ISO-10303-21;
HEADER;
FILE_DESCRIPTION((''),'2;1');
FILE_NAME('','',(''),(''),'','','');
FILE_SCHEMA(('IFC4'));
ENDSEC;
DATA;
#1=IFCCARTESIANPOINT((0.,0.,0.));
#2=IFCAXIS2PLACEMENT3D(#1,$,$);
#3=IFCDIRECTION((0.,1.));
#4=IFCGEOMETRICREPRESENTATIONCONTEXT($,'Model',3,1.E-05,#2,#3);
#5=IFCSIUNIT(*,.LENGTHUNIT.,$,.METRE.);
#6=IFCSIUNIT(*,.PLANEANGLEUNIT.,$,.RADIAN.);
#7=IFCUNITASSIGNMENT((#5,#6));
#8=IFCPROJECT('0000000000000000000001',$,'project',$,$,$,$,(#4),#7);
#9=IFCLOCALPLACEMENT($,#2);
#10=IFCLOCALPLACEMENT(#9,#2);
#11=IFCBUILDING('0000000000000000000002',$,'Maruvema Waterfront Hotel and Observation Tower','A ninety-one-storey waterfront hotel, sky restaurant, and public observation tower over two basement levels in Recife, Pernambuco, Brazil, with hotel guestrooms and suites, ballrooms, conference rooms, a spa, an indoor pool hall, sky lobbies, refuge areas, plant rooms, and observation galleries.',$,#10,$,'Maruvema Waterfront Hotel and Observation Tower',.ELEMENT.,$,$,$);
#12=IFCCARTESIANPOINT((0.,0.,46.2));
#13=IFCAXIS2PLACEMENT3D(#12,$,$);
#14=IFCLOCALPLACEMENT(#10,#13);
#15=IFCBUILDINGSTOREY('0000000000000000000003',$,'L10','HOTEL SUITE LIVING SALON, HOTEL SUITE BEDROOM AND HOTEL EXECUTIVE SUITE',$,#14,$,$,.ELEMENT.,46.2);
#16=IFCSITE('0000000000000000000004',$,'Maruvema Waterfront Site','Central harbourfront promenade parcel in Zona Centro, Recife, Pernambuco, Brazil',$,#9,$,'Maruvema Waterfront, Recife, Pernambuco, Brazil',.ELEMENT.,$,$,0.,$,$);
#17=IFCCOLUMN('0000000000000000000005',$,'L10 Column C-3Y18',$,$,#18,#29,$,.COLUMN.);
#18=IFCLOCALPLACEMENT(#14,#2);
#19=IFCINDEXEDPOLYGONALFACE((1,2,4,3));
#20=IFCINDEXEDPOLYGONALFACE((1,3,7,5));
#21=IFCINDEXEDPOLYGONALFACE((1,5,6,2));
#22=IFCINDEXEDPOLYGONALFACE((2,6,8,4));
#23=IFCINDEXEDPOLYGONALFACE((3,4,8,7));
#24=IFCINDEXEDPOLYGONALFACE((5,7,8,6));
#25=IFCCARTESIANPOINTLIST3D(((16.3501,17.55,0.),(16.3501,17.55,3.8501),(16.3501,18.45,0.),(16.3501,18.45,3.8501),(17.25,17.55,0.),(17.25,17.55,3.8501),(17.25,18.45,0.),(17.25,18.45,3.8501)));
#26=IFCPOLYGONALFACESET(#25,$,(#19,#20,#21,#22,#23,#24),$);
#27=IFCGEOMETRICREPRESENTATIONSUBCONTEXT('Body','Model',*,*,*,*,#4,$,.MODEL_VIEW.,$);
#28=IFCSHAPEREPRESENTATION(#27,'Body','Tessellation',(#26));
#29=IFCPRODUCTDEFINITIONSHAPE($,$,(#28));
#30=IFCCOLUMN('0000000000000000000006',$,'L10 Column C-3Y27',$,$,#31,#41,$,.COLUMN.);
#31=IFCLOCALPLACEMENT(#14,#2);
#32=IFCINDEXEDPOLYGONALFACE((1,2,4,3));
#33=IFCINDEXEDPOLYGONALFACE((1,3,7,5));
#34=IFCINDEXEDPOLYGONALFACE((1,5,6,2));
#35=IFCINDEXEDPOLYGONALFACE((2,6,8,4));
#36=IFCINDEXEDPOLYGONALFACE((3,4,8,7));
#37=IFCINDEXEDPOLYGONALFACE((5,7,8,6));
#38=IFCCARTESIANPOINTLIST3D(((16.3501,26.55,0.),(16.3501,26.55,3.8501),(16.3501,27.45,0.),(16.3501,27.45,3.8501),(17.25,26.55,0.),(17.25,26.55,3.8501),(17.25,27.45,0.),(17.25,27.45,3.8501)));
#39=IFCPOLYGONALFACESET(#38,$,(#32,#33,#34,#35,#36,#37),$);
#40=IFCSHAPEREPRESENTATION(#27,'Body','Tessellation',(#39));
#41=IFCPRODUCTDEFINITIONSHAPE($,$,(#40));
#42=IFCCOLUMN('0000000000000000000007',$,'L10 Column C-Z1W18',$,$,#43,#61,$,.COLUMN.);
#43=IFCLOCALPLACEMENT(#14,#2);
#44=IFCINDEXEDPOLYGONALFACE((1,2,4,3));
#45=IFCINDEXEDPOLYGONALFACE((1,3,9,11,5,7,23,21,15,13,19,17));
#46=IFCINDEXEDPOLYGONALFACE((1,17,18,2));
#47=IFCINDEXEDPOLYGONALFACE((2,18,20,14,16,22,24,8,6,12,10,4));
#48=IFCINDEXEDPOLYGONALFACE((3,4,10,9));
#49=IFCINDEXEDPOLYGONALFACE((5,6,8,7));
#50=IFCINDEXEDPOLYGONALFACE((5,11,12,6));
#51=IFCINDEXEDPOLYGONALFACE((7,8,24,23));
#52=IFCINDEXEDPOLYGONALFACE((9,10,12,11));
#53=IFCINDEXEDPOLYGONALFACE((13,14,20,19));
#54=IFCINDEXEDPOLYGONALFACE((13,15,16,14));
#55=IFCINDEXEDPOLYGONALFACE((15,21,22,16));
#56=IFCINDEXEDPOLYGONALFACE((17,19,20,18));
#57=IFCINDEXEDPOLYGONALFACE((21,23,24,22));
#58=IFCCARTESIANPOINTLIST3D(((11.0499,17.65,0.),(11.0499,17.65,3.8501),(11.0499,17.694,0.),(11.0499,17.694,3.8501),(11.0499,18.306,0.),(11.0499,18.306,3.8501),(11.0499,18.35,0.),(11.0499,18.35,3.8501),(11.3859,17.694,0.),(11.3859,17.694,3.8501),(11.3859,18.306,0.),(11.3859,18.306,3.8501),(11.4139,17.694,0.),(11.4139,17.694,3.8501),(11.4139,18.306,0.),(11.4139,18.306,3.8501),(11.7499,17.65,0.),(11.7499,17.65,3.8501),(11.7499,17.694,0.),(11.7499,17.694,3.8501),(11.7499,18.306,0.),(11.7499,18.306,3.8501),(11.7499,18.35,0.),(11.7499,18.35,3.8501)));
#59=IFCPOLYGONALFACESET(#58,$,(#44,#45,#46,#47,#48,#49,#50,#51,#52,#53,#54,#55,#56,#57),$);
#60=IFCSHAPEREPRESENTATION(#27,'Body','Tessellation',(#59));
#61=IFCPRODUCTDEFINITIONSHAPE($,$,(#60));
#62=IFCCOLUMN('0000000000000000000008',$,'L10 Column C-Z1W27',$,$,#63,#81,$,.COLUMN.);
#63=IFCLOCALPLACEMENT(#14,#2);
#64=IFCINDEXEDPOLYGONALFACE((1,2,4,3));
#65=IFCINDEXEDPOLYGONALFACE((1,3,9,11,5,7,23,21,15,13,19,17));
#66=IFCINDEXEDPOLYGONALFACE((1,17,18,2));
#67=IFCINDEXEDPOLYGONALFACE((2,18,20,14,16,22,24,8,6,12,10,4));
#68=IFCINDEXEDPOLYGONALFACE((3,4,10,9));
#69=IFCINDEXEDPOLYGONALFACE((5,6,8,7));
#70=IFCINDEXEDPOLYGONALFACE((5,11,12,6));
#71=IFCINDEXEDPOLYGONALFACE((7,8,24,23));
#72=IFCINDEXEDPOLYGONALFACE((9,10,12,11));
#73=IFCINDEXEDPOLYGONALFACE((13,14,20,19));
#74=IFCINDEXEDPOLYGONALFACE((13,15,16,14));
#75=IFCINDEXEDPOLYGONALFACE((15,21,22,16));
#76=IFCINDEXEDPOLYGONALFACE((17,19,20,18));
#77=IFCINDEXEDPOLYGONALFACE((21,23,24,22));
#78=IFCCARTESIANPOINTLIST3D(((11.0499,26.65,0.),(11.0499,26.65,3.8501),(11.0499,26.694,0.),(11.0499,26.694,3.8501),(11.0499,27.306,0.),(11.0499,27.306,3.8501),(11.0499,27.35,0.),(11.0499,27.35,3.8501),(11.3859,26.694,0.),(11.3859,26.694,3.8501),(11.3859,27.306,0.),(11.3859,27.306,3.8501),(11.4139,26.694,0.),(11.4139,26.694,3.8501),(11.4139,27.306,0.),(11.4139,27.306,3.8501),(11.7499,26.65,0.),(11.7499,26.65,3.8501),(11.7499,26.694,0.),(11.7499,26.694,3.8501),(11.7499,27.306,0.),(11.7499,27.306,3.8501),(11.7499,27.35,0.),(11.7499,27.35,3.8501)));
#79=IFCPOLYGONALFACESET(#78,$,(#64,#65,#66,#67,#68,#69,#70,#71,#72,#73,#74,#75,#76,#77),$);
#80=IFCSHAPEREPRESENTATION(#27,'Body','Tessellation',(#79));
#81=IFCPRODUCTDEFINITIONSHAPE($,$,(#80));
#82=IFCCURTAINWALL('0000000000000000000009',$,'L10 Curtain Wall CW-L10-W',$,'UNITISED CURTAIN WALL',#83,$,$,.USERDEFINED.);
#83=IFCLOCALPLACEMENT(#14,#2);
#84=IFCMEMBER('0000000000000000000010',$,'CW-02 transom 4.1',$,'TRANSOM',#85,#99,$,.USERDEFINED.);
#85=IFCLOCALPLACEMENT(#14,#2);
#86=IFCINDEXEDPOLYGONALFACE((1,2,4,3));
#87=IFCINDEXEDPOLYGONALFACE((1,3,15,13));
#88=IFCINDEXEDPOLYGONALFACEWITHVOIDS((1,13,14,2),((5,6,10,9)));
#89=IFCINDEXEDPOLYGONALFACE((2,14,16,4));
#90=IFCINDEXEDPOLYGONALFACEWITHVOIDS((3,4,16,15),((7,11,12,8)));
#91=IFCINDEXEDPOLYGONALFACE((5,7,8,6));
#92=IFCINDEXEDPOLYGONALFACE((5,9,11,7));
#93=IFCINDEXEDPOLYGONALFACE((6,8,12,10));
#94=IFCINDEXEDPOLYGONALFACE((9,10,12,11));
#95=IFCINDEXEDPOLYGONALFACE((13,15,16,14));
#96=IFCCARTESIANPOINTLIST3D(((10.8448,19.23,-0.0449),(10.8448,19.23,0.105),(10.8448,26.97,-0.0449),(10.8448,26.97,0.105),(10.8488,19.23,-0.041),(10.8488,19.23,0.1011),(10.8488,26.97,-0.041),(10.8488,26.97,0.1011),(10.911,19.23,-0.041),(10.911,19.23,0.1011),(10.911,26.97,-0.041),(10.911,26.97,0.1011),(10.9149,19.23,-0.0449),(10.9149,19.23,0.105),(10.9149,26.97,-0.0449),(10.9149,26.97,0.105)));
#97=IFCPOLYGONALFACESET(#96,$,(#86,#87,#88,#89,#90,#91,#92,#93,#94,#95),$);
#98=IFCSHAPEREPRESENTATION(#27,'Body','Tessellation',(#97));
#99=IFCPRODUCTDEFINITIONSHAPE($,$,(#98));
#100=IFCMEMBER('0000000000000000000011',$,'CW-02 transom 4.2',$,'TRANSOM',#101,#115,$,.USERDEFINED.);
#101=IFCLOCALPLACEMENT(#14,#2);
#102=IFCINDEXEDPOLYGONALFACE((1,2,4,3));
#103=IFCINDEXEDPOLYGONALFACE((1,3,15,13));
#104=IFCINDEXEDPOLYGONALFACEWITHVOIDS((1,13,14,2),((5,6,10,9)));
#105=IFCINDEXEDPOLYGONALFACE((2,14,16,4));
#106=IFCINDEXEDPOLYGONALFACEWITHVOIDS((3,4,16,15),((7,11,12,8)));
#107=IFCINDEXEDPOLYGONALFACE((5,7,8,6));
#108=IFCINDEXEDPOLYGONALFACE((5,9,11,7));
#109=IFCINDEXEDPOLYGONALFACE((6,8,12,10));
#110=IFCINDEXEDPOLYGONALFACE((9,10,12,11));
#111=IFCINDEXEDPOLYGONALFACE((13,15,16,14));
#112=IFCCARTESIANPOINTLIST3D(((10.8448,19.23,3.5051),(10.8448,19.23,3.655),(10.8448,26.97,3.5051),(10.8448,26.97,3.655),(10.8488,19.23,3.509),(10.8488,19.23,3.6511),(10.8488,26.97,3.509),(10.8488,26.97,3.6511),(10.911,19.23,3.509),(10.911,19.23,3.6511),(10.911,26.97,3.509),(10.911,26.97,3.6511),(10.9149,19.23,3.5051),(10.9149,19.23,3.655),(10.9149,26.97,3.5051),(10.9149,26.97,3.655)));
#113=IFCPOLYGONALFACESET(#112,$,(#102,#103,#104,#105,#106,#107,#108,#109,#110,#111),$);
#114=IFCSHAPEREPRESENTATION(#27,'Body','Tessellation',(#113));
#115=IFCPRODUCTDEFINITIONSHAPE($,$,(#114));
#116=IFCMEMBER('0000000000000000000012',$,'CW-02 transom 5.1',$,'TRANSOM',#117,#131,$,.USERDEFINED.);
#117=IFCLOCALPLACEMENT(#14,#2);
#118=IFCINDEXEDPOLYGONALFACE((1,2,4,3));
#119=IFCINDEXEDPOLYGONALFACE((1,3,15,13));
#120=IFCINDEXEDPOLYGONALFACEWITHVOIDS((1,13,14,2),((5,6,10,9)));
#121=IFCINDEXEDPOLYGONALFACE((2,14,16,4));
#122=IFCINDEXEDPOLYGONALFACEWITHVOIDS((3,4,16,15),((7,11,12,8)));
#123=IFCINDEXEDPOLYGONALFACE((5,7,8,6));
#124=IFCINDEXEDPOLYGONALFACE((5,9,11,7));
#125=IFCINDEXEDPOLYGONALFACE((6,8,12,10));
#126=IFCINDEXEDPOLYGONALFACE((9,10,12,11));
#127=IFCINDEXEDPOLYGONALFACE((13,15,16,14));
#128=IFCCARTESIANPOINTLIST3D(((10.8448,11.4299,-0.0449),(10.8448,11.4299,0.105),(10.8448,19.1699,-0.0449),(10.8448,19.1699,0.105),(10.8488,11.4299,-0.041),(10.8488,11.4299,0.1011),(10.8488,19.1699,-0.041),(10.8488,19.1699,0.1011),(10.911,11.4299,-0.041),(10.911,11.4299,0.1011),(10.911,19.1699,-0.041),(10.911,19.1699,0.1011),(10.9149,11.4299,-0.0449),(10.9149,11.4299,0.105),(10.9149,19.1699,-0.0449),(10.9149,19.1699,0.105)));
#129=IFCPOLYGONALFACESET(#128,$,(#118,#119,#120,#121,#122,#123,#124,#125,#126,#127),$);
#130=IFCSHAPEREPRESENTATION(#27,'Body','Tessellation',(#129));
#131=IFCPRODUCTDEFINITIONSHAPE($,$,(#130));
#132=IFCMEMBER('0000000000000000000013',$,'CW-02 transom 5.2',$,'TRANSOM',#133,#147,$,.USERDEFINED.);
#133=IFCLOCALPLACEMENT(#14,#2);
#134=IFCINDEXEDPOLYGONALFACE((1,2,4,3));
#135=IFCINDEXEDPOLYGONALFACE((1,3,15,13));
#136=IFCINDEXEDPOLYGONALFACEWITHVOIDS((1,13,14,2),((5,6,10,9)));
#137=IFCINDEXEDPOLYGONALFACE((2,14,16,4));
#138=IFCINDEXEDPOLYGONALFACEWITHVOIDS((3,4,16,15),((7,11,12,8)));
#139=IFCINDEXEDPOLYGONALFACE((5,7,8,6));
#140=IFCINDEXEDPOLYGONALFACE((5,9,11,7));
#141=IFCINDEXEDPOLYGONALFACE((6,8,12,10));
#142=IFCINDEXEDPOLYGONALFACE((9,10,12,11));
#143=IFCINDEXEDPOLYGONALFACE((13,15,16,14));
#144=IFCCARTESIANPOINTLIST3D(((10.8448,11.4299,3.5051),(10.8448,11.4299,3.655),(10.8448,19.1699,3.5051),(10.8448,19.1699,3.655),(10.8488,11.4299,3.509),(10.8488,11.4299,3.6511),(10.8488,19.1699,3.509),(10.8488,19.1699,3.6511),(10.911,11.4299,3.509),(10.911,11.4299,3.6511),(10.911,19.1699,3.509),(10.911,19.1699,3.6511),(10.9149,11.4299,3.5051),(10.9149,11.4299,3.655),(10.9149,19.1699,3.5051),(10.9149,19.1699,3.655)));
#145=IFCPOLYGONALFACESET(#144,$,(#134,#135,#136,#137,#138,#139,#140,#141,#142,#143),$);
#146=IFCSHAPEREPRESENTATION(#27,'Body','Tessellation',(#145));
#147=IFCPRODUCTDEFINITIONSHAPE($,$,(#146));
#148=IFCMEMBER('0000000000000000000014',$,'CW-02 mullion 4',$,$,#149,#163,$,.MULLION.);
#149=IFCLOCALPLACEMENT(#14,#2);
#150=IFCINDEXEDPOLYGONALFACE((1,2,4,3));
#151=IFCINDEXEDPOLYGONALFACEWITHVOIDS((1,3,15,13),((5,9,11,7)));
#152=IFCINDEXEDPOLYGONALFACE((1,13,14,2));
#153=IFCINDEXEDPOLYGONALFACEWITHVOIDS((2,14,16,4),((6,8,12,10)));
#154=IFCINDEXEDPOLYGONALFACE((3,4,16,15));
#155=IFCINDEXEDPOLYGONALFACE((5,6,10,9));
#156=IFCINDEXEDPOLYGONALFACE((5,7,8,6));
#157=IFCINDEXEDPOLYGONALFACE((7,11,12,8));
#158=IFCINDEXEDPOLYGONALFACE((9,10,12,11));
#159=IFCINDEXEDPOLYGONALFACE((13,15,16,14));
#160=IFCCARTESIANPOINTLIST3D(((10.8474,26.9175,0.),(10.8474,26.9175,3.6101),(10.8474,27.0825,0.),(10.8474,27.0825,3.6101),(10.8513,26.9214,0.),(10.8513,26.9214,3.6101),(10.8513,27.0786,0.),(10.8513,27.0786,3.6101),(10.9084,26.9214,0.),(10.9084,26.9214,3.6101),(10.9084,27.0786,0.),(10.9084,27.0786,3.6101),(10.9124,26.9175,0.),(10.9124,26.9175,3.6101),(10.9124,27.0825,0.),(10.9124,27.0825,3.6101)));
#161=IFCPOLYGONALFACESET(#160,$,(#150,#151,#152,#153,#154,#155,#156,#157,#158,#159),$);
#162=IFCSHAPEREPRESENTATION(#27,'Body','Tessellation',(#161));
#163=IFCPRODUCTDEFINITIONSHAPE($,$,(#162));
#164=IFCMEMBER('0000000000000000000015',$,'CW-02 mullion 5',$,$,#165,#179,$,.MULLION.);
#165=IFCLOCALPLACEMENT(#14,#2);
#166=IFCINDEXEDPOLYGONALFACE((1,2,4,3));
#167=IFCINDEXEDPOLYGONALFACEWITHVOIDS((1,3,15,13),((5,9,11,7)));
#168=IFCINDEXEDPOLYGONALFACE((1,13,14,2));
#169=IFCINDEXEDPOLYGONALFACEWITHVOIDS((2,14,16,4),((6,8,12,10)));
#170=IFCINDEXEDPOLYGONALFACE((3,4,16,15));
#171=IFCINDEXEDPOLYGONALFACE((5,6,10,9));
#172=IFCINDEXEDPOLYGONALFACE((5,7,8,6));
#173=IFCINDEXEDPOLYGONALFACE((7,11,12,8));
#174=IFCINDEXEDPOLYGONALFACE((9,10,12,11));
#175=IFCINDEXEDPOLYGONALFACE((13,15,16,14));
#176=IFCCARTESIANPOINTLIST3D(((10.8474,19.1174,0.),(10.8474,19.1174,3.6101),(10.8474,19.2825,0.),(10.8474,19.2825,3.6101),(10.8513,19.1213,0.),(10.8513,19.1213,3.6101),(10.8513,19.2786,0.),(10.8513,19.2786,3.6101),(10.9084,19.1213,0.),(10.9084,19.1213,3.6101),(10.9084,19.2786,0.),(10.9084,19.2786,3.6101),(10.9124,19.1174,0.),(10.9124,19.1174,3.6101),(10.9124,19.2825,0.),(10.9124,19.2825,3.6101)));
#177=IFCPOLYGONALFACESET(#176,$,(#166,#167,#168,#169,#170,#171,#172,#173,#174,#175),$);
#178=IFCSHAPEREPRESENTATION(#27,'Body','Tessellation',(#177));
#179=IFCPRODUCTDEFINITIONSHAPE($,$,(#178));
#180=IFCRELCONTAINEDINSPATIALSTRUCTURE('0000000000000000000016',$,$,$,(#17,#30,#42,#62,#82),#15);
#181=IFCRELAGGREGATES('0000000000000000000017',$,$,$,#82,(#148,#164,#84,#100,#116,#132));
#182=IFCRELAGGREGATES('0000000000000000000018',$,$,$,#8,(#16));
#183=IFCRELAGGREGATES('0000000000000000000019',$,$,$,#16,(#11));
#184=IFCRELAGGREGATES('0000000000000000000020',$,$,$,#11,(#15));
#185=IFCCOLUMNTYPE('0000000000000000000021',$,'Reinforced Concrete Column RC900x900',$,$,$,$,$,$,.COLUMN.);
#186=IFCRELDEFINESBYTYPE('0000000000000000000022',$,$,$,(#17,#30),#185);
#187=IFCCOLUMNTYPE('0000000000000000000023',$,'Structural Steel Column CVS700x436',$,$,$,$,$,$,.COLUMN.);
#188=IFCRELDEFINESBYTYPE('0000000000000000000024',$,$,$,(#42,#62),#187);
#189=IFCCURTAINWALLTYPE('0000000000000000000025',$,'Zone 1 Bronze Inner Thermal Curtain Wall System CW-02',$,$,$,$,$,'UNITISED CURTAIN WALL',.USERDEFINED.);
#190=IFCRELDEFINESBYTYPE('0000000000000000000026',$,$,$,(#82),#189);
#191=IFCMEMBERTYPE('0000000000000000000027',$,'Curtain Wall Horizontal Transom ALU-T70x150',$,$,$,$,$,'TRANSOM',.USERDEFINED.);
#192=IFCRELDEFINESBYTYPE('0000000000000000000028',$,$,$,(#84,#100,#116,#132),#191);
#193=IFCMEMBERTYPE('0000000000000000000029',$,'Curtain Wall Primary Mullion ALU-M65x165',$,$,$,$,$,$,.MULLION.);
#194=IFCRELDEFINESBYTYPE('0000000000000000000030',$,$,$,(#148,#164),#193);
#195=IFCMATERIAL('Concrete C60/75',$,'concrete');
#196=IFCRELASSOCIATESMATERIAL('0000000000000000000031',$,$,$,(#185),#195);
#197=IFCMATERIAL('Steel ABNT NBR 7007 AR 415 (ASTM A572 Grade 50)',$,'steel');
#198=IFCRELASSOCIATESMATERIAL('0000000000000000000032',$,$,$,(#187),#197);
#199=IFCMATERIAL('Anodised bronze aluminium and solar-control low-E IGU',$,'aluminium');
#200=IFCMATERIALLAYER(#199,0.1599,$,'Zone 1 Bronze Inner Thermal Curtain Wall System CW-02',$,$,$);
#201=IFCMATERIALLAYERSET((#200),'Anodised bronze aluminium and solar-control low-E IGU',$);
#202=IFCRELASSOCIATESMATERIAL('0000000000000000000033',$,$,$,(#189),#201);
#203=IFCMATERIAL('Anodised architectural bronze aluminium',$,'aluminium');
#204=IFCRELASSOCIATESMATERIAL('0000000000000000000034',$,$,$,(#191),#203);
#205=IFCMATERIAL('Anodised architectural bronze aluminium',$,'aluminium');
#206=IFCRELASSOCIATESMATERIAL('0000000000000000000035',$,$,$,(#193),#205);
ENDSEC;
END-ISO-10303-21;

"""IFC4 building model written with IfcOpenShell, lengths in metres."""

from ifc_helpers import new_model, si_unit, direction, frame, origin, origin_2d, place, context, subcontext, project, spatial, rectangle, hollow_rectangle, i_section, extrude, material, layer, layer_set, material_profile, profile_set, type_object, element, aggregate, save


model = new_model("IFC4")

# Units and contexts
model_context = context("Model", 3, precision=1e-05, world=origin(), true_north=direction((0.0, 1.0)))
body_context = subcontext(model_context, "Body", "Model", "MODEL_VIEW")
ifc_project = project(units=[si_unit("LENGTHUNIT", "METRE"), si_unit("PLANEANGLEUNIT", "RADIAN")], contexts=[model_context])

# Site, building, storey
site_placement = place(None, origin())
site = spatial("IfcSite", under=ifc_project, at=site_placement, Name="Maruvema Waterfront Site", Description="Central harbourfront promenade parcel in Zona Centro, Recife, Pernambuco, Brazil", LongName="Maruvema Waterfront, Recife, Pernambuco, Brazil", CompositionType="ELEMENT", RefElevation=0.0)
building_placement = place(site_placement, origin())
building = spatial("IfcBuilding", under=site, at=building_placement, Name="Maruvema Waterfront Hotel and Observation Tower", Description="A ninety-one-storey waterfront hotel, sky restaurant, and public observation tower over two basement levels in Recife, Pernambuco, Brazil, with hotel guestrooms and suites, ballrooms, conference rooms, a spa, an indoor pool hall, sky lobbies, refuge areas, plant rooms, and observation galleries.", LongName="Maruvema Waterfront Hotel and Observation Tower", CompositionType="ELEMENT")
storey_placement = place(building_placement, frame((0.0, 0.0, 46.2)))
storey = spatial("IfcBuildingStorey", under=building, at=storey_placement, Name="L10", Description="HOTEL SUITE LIVING SALON, HOTEL SUITE BEDROOM AND HOTEL EXECUTIVE SUITE", CompositionType="ELEMENT", Elevation=46.2)

# Columns
ifc_material_1 = material(Name="Concrete C60/75", Category="concrete")
ifc_material_profile_1 = material_profile(ifc_material_1, rectangle(XDim=0.8999, YDim=0.8999, at=origin_2d()), Name="RC900x900")
ifc_profile_set_1 = profile_set([ifc_material_profile_1], Name="Concrete C60/75")
column_type_1 = type_object("IfcColumnType", Name="Reinforced Concrete Column RC900x900", PredefinedType="COLUMN", material=ifc_profile_set_1)
for number, where, z_axis, x_axis, name in (
    (1, (16.8, 18.0, 0.0), (0.0, 0.0, 1.0), (1.0, 0.0, 0.0), "L10 Column C-3Y18"),
    (2, (16.8, 27.0, 0.0), (0.0, 0.0, 1.0), (1.0, 0.0, 0.0), "L10 Column C-3Y27"),
):
    element("IfcColumn", number, at=place(storey_placement, frame(where, z_axis=z_axis, x_axis=x_axis)), inside=storey, type_object=column_type_1, Name=name, PredefinedType="COLUMN", context=body_context, shape_type="SweptSolid", body=[
        extrude(rectangle(XDim=0.8999, YDim=0.8999, at=origin_2d()), origin(), (0.0, 0.0, 1.0), 3.8501),
    ])
ifc_material_2 = material(Name="Steel ABNT NBR 7007 AR 415 (ASTM A572 Grade 50)", Category="steel")
ifc_material_profile_2 = material_profile(ifc_material_2, i_section(OverallWidth=0.7, OverallDepth=0.7, WebThickness=0.0281, FlangeThickness=0.0439, at=origin_2d()), Name="CVS700x436")
ifc_profile_set_2 = profile_set([ifc_material_profile_2], Name="Steel ABNT NBR 7007 AR 415 (ASTM A572 Grade 50)")
column_type_2 = type_object("IfcColumnType", Name="Structural Steel Column CVS700x436", PredefinedType="COLUMN", material=ifc_profile_set_2)
for number, where, z_axis, x_axis, name in (
    (3, (11.3999, 18.0, 0.0), (0.0, 0.0, 1.0), (1.0, 0.0, 0.0), "L10 Column C-Z1W18"),
    (4, (11.3999, 27.0, 0.0), (0.0, 0.0, 1.0), (1.0, 0.0, 0.0), "L10 Column C-Z1W27"),
):
    element("IfcColumn", number, at=place(storey_placement, frame(where, z_axis=z_axis, x_axis=x_axis)), inside=storey, type_object=column_type_2, Name=name, PredefinedType="COLUMN", context=body_context, shape_type="SweptSolid", body=[
        extrude(i_section(OverallWidth=0.7, OverallDepth=0.7, WebThickness=0.0281, FlangeThickness=0.0439, at=origin_2d()), origin(), (0.0, 0.0, 1.0), 3.8501),
    ])

# Curtain wall, members
ifc_material_3 = material(Name="Anodised bronze aluminium and solar-control low-E IGU", Category="aluminium")
ifc_layer_1 = layer(ifc_material_3, 0.1599, Name="Zone 1 Bronze Inner Thermal Curtain Wall System CW-02")
ifc_layer_set_1 = layer_set([ifc_layer_1], Name="Anodised bronze aluminium and solar-control low-E IGU")
curtain_wall_type = type_object("IfcCurtainWallType", Name="Zone 1 Bronze Inner Thermal Curtain Wall System CW-02", ElementType="UNITISED CURTAIN WALL", PredefinedType="USERDEFINED", material=ifc_layer_set_1)
curtain_wall_placement = place(storey_placement, origin())
curtain_wall = element("IfcCurtainWall", 5, at=curtain_wall_placement, inside=storey, type_object=curtain_wall_type, Name="L10 Curtain Wall CW-L10-W", ObjectType="UNITISED CURTAIN WALL", PredefinedType="USERDEFINED")
ifc_material_4 = material(Name="Anodised architectural bronze aluminium", Category="aluminium")
ifc_material_profile_3 = material_profile(ifc_material_4, hollow_rectangle(XDim=0.0701, YDim=0.1499, WallThickness=0.0039, at=origin_2d()), Name="ALU-T70x150")
ifc_profile_set_3 = profile_set([ifc_material_profile_3], Name="Anodised architectural bronze aluminium")
member_type_1 = type_object("IfcMemberType", Name="Curtain Wall Horizontal Transom ALU-T70x150", ElementType="TRANSOM", PredefinedType="USERDEFINED", material=ifc_profile_set_3)
member_1_placement = place(storey_placement, frame((10.8799, 26.97, 0.03), z_axis=(0.0, -1.0, 0.0), x_axis=(1.0, 0.0, 0.0)))
member_1 = element("IfcMember", 6, at=member_1_placement, type_object=member_type_1, Name="CW-02 transom 4.1", ObjectType="TRANSOM", PredefinedType="USERDEFINED", context=body_context, shape_type="SweptSolid", body=[
    extrude(hollow_rectangle(XDim=0.0701, YDim=0.1499, WallThickness=0.0039, at=origin_2d()), origin(), (0.0, 0.0, 1.0), 7.74),
])
member_2_placement = place(storey_placement, frame((10.8799, 26.97, 3.5801), z_axis=(0.0, -1.0, 0.0), x_axis=(1.0, 0.0, 0.0)))
member_2 = element("IfcMember", 7, at=member_2_placement, type_object=member_type_1, Name="CW-02 transom 4.2", ObjectType="TRANSOM", PredefinedType="USERDEFINED", context=body_context, shape_type="SweptSolid", body=[
    extrude(hollow_rectangle(XDim=0.0701, YDim=0.1499, WallThickness=0.0039, at=origin_2d()), origin(), (0.0, 0.0, 1.0), 7.74),
])
member_3_placement = place(storey_placement, frame((10.8799, 19.1699, 0.03), z_axis=(0.0, -1.0, 0.0), x_axis=(1.0, 0.0, 0.0)))
member_3 = element("IfcMember", 8, at=member_3_placement, type_object=member_type_1, Name="CW-02 transom 5.1", ObjectType="TRANSOM", PredefinedType="USERDEFINED", context=body_context, shape_type="SweptSolid", body=[
    extrude(hollow_rectangle(XDim=0.0701, YDim=0.1499, WallThickness=0.0039, at=origin_2d()), origin(), (0.0, 0.0, 1.0), 7.74),
])
member_4_placement = place(storey_placement, frame((10.8799, 19.1699, 3.5801), z_axis=(0.0, -1.0, 0.0), x_axis=(1.0, 0.0, 0.0)))
member_4 = element("IfcMember", 9, at=member_4_placement, type_object=member_type_1, Name="CW-02 transom 5.2", ObjectType="TRANSOM", PredefinedType="USERDEFINED", context=body_context, shape_type="SweptSolid", body=[
    extrude(hollow_rectangle(XDim=0.0701, YDim=0.1499, WallThickness=0.0039, at=origin_2d()), origin(), (0.0, 0.0, 1.0), 7.74),
])
ifc_material_5 = material(Name="Anodised architectural bronze aluminium", Category="aluminium")
ifc_material_profile_4 = material_profile(ifc_material_5, hollow_rectangle(XDim=0.0649, YDim=0.165, WallThickness=0.0039, at=origin_2d()), Name="ALU-M65x165")
ifc_profile_set_4 = profile_set([ifc_material_profile_4], Name="Anodised architectural bronze aluminium")
member_type_2 = type_object("IfcMemberType", Name="Curtain Wall Primary Mullion ALU-M65x165", PredefinedType="MULLION", material=ifc_profile_set_4)
member_5_placement = place(storey_placement, frame((10.8799, 27.0, 0.0), z_axis=(0.0, 0.0, 1.0), x_axis=(1.0, 0.0, 0.0)))
member_5 = element("IfcMember", 10, at=member_5_placement, type_object=member_type_2, Name="CW-02 mullion 4", PredefinedType="MULLION", context=body_context, shape_type="SweptSolid", body=[
    extrude(hollow_rectangle(XDim=0.0649, YDim=0.165, WallThickness=0.0039, at=origin_2d()), origin(), (0.0, 0.0, 1.0), 3.6101),
])
member_6_placement = place(storey_placement, frame((10.8799, 19.2, 0.0), z_axis=(0.0, 0.0, 1.0), x_axis=(1.0, 0.0, 0.0)))
member_6 = element("IfcMember", 11, at=member_6_placement, type_object=member_type_2, Name="CW-02 mullion 5", PredefinedType="MULLION", context=body_context, shape_type="SweptSolid", body=[
    extrude(hollow_rectangle(XDim=0.0649, YDim=0.165, WallThickness=0.0039, at=origin_2d()), origin(), (0.0, 0.0, 1.0), 3.6101),
])

aggregate(curtain_wall, [member_5, member_6, member_1, member_2, member_3, member_4])

save(model, "model.ifc")
